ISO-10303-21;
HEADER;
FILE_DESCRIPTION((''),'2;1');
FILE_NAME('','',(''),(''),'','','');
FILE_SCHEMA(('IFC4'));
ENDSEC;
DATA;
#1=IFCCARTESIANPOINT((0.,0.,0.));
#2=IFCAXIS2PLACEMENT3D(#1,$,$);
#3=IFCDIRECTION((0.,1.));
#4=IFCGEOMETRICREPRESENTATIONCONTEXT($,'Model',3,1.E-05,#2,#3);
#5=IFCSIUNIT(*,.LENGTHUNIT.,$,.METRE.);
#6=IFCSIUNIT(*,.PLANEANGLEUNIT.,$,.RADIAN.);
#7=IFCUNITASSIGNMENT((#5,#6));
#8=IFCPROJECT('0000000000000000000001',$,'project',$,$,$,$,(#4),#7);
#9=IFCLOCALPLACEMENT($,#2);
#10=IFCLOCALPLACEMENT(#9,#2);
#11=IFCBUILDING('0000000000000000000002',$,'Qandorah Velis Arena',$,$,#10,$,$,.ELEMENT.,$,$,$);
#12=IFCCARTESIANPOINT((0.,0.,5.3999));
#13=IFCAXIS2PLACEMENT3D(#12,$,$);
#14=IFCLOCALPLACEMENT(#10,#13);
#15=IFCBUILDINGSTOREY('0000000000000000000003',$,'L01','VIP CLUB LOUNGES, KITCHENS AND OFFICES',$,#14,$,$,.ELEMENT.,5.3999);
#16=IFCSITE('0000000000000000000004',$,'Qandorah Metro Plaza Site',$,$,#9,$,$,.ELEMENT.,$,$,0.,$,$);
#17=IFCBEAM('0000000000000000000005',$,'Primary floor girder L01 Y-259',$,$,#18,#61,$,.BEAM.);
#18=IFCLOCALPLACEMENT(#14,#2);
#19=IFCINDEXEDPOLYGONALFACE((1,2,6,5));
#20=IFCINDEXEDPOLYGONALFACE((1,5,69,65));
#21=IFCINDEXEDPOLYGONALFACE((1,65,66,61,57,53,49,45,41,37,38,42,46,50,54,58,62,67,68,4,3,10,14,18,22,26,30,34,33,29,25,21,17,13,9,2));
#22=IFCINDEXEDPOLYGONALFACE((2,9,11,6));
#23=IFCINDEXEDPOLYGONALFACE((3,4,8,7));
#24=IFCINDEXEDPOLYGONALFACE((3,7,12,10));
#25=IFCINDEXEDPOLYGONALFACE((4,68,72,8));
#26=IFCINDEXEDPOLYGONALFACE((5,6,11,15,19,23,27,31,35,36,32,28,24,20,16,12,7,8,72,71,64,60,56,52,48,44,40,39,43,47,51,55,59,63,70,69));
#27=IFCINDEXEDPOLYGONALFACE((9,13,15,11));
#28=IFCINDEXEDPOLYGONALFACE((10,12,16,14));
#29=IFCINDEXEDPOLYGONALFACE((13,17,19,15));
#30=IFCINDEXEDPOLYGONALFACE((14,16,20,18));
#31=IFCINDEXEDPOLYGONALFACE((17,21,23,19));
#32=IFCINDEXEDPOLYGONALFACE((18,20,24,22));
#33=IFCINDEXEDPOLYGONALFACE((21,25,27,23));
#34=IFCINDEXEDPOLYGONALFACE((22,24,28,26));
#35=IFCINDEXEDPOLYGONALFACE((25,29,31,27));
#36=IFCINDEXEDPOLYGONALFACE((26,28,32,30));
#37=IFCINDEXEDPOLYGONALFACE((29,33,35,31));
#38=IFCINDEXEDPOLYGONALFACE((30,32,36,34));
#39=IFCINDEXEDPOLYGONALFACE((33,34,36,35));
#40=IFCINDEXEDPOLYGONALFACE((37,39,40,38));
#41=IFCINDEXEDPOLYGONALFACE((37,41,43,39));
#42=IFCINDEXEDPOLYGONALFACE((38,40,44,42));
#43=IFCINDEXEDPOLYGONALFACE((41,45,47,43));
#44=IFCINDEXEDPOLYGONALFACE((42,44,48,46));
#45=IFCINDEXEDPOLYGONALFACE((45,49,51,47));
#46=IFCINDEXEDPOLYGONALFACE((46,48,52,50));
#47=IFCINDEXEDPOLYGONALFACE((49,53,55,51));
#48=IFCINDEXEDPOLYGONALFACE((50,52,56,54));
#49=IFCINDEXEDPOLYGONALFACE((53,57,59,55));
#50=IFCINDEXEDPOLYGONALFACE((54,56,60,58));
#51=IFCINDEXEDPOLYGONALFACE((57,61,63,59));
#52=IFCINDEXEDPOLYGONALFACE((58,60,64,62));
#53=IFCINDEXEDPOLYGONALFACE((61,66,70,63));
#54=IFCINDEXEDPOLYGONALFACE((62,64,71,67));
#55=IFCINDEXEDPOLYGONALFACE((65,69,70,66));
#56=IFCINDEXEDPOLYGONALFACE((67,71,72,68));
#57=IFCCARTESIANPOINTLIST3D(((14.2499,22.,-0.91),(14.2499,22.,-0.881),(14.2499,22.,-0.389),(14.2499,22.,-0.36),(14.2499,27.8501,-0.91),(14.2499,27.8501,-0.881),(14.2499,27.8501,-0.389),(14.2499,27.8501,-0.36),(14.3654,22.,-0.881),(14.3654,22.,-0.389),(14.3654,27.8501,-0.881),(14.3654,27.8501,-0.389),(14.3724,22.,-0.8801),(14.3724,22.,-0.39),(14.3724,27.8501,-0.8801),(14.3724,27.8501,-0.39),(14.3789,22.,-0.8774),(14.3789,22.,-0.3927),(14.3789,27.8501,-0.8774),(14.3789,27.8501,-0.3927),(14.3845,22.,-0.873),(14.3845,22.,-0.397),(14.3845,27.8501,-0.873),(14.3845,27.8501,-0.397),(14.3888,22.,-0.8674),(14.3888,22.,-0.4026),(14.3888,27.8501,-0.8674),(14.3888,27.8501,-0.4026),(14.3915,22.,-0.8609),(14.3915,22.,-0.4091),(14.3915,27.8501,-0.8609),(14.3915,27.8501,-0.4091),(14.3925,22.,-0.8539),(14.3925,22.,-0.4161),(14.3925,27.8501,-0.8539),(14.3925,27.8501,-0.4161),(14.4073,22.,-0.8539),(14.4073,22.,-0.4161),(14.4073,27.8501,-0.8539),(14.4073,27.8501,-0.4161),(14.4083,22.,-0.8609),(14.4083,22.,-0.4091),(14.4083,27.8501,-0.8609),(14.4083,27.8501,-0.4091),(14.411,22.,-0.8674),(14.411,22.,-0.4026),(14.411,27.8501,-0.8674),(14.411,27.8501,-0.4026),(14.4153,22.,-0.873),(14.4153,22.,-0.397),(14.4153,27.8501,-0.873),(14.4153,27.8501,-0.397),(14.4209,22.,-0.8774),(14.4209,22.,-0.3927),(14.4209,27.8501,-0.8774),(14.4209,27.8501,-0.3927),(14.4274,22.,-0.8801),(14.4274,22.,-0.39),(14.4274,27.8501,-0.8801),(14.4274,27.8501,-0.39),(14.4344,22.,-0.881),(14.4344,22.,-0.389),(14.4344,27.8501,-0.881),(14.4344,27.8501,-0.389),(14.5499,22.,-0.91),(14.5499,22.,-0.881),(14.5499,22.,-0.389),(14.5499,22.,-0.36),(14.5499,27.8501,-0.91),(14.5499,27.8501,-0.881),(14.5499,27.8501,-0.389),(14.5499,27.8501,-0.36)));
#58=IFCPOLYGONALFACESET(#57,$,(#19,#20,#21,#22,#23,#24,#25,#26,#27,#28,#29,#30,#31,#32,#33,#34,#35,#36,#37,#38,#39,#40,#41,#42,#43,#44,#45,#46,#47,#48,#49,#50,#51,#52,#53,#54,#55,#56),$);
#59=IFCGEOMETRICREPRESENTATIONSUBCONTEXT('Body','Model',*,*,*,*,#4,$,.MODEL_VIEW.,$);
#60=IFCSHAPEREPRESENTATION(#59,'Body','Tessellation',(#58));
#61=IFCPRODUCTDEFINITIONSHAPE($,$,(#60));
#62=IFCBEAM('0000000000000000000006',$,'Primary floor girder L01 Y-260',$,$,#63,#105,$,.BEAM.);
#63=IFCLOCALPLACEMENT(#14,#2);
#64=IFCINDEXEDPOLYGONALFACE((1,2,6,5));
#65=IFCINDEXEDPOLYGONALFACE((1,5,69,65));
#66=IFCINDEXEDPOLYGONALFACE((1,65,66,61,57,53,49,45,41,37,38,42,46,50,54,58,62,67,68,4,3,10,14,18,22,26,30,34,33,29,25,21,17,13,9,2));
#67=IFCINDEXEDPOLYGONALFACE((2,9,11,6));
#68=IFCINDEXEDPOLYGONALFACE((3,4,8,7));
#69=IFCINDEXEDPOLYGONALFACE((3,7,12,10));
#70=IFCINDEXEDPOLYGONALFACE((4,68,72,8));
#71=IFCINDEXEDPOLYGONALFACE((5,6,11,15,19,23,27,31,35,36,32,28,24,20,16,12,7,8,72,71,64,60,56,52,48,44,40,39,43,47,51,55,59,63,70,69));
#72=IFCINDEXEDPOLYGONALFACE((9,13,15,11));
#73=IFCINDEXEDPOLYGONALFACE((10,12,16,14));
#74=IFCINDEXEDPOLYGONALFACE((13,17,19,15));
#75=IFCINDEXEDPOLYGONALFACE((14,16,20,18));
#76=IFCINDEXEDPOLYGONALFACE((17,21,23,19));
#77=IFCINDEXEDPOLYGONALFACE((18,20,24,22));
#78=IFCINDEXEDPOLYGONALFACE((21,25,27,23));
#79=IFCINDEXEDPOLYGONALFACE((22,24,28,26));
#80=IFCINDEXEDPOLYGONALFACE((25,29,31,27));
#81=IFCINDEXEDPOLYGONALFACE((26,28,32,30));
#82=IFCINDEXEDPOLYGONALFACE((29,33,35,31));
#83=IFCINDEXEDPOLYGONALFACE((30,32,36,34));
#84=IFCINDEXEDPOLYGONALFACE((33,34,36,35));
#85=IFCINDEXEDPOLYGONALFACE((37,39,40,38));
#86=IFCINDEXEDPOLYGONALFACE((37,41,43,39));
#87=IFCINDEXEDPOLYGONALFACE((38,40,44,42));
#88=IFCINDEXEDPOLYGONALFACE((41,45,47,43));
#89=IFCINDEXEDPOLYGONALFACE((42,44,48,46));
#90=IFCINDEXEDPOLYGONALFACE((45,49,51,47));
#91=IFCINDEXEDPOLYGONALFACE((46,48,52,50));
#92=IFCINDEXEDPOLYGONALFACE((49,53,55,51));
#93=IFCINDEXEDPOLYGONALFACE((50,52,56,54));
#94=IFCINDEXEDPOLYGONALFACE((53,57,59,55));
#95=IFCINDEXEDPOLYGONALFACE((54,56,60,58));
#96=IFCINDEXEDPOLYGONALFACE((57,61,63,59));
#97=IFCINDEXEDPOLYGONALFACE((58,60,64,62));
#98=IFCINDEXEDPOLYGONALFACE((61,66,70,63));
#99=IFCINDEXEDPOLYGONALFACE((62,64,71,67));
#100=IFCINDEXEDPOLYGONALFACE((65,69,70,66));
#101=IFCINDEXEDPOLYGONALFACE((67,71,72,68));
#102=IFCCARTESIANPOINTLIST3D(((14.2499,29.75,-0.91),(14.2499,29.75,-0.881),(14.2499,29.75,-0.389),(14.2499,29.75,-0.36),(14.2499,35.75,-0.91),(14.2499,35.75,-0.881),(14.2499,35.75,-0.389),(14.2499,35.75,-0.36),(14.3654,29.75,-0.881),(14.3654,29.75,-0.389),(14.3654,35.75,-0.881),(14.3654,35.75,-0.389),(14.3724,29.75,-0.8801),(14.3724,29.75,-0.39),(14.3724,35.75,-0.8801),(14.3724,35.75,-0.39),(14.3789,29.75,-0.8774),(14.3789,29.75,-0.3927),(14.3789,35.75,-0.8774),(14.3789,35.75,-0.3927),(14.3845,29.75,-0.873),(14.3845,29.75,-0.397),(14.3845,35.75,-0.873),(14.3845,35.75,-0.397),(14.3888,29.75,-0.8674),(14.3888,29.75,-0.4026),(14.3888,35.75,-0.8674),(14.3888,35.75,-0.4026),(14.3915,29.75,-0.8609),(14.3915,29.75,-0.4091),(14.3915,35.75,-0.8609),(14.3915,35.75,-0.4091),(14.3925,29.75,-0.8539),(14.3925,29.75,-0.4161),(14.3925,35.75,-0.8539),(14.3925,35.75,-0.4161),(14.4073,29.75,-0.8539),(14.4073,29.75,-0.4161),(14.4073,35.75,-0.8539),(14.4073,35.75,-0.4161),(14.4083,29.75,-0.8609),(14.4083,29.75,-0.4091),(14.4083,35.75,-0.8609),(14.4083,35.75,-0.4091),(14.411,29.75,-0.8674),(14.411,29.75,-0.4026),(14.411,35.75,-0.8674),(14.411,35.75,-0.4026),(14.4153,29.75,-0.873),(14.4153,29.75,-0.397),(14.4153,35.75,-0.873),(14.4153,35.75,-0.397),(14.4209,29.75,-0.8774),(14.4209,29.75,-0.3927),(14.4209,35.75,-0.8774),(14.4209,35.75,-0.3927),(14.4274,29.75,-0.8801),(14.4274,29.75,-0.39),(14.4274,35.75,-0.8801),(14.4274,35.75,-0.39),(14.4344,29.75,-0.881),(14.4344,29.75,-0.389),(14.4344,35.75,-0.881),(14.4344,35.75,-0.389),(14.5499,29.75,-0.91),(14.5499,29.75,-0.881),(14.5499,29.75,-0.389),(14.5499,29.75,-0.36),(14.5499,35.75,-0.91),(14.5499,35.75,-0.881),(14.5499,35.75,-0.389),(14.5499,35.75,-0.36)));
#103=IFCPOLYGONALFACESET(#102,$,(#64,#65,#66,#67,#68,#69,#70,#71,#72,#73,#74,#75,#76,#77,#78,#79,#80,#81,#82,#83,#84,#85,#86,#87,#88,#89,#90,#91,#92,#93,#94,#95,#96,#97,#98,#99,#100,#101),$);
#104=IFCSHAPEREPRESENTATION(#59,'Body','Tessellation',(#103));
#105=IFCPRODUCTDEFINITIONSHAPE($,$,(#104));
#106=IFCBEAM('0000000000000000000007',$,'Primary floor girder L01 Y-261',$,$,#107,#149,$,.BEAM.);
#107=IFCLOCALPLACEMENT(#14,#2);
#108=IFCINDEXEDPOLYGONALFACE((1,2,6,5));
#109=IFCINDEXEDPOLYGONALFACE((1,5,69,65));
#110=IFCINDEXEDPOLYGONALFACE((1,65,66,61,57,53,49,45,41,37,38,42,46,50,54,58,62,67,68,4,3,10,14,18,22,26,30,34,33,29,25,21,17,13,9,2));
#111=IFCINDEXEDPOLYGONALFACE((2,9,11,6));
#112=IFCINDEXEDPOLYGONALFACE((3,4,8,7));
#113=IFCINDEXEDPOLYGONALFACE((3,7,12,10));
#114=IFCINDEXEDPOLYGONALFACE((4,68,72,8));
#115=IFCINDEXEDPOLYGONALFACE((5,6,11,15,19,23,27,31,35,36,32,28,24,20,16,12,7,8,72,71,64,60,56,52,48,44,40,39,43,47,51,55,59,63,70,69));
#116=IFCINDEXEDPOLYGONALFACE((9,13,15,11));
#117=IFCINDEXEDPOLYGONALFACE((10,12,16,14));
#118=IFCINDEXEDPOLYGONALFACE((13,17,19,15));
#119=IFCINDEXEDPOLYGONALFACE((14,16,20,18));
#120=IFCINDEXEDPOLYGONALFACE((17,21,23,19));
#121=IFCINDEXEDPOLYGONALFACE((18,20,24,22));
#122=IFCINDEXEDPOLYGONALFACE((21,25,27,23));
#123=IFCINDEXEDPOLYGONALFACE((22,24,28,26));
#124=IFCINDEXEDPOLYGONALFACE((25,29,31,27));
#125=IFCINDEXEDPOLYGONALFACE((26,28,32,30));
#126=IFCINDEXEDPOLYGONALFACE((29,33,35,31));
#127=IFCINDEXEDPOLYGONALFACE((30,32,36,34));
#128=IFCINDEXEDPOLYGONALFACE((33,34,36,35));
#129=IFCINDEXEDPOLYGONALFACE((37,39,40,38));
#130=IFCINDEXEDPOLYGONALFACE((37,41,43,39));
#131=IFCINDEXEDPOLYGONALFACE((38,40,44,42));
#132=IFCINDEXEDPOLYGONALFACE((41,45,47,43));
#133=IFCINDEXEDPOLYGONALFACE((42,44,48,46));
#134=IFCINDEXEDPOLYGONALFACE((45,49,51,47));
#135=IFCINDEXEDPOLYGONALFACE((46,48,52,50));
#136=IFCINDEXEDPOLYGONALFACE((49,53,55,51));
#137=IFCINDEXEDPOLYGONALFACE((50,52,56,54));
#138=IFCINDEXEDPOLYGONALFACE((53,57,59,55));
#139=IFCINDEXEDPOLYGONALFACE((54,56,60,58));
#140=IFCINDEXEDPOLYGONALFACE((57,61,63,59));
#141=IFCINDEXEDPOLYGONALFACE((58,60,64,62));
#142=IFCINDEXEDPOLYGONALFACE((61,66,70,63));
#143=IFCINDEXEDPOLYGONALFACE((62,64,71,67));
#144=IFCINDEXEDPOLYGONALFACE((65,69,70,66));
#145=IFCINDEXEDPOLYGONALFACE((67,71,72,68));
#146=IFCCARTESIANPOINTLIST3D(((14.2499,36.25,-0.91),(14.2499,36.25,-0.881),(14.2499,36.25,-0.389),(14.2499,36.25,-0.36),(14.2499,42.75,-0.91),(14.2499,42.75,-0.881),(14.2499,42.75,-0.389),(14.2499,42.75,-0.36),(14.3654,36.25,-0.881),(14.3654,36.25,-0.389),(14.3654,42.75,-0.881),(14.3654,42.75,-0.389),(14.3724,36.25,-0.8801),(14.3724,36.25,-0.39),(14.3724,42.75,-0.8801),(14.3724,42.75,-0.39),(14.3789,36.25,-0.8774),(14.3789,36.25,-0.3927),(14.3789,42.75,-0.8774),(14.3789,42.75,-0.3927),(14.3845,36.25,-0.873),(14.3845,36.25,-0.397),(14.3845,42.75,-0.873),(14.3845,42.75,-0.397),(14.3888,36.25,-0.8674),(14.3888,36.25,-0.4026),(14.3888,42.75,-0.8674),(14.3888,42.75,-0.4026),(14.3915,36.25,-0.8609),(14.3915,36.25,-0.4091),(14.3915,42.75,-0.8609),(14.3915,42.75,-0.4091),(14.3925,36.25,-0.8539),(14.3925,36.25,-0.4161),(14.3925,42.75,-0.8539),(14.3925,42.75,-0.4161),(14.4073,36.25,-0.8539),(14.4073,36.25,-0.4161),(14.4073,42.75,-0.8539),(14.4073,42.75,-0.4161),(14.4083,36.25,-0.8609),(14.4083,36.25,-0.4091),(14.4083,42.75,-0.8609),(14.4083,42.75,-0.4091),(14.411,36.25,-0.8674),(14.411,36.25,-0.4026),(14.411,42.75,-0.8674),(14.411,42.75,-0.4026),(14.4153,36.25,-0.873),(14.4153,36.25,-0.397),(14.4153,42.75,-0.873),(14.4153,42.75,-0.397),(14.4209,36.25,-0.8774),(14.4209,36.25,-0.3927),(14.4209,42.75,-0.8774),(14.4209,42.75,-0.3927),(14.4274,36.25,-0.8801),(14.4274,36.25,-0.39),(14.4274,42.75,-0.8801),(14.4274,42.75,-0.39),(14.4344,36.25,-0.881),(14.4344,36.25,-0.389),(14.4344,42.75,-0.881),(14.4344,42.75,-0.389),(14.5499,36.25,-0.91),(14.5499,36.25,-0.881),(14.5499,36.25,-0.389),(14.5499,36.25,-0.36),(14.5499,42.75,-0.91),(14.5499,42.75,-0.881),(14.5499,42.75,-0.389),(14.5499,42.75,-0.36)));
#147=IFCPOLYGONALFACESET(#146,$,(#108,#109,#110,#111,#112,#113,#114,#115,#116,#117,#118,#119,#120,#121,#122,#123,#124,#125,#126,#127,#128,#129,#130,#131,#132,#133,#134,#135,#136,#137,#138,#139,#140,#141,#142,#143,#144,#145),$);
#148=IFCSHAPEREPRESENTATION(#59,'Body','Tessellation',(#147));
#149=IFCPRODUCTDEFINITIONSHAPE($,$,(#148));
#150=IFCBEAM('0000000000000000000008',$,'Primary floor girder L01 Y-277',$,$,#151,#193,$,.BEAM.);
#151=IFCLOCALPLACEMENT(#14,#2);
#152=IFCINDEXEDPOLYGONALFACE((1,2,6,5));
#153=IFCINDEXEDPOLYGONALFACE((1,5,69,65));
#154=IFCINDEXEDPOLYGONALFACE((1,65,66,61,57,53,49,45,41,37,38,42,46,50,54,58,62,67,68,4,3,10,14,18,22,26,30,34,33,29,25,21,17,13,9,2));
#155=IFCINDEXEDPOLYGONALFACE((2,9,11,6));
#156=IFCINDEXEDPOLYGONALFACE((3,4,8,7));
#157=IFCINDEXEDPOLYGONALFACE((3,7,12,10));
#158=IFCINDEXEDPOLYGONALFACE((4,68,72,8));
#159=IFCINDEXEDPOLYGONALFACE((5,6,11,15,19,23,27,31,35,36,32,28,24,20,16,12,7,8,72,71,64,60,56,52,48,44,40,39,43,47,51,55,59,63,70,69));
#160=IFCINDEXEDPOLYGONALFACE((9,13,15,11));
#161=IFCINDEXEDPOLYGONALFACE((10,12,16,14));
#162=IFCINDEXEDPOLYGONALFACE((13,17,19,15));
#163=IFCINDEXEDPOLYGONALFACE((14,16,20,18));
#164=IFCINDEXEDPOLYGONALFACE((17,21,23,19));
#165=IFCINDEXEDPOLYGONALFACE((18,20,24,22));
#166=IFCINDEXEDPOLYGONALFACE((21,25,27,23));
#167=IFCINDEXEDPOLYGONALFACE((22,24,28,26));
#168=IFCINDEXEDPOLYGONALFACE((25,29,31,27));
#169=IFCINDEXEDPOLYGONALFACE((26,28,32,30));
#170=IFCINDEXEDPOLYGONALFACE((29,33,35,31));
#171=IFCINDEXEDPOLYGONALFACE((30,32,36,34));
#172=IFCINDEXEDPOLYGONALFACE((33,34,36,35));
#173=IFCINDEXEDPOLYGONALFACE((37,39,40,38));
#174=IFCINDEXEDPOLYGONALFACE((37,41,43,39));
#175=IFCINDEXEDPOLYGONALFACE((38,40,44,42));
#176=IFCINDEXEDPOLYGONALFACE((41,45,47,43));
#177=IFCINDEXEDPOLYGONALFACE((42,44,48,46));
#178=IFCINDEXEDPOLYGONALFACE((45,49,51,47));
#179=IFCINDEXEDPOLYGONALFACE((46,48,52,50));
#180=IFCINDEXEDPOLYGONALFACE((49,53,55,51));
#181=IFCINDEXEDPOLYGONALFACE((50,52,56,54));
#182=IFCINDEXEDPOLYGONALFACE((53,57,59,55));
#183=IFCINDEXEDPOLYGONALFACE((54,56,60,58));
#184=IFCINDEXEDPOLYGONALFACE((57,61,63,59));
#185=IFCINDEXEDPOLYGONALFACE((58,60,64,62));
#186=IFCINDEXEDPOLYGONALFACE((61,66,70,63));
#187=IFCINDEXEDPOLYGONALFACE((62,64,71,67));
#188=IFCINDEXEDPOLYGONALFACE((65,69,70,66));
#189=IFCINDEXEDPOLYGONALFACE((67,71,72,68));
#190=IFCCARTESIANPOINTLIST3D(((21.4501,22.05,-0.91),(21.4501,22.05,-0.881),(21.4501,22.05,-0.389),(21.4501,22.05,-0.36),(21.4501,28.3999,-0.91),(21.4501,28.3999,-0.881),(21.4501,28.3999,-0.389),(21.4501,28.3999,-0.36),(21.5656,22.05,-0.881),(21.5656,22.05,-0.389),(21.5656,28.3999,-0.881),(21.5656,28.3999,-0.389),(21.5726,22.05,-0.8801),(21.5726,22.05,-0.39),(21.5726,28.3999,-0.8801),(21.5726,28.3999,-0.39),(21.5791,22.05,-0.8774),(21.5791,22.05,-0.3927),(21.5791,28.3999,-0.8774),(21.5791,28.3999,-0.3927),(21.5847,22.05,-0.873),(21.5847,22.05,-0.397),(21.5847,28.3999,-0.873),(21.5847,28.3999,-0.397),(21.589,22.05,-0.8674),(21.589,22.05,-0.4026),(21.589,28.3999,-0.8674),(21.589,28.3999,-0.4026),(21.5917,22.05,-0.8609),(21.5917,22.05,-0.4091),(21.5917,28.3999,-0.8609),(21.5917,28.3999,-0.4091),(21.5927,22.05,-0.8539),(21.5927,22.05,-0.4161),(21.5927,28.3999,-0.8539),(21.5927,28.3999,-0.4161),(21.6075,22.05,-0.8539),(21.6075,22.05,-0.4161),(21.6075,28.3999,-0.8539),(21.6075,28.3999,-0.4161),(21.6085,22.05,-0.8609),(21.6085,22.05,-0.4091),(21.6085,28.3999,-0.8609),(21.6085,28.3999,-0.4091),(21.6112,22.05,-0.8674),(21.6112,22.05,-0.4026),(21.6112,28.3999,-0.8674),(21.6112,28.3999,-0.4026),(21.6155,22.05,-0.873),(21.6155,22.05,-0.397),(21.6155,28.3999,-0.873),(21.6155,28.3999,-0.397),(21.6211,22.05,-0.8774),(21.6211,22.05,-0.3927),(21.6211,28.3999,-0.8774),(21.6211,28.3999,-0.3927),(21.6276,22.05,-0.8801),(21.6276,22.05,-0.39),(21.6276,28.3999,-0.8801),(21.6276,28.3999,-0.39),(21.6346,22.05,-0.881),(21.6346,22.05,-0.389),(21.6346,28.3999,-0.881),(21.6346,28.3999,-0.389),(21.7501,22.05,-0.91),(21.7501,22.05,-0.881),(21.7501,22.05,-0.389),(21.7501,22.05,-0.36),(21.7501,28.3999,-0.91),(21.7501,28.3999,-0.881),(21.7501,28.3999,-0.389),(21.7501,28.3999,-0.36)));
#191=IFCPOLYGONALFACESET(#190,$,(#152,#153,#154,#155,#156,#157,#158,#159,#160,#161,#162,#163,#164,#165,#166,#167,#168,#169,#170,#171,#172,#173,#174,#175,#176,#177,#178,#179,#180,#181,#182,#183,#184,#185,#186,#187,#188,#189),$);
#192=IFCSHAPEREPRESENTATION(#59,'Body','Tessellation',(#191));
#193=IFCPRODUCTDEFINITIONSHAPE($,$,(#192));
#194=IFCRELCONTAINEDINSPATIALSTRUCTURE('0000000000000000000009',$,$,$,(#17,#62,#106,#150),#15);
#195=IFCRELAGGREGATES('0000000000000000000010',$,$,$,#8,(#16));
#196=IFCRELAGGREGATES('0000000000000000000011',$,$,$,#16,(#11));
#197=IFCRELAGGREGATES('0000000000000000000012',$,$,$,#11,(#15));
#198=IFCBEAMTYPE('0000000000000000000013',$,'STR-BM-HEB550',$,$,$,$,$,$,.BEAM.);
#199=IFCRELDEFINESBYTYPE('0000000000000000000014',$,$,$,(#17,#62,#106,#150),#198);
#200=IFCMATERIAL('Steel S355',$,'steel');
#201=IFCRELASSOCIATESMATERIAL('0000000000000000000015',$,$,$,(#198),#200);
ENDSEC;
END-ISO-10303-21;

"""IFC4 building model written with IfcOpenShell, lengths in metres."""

from ifc_helpers import new_model, si_unit, direction, frame, origin, origin_2d, place, context, subcontext, project, spatial, i_section, extrude, material, material_profile, profile_set, type_object, element, save


model = new_model("IFC4")

# Units and contexts
model_context = context("Model", 3, precision=1e-05, world=origin(), true_north=direction((0.0, 1.0)))
body_context = subcontext(model_context, "Body", "Model", "MODEL_VIEW")
ifc_project = project(units=[si_unit("LENGTHUNIT", "METRE"), si_unit("PLANEANGLEUNIT", "RADIAN")], contexts=[model_context])

# Site, building, storey
site_placement = place(None, origin())
site = spatial("IfcSite", under=ifc_project, at=site_placement, Name="Qandorah Metro Plaza Site", CompositionType="ELEMENT", RefElevation=0.0)
building_placement = place(site_placement, origin())
building = spatial("IfcBuilding", under=site, at=building_placement, Name="Qandorah Velis Arena", CompositionType="ELEMENT")
storey_placement = place(building_placement, frame((0.0, 0.0, 5.3999)))
storey = spatial("IfcBuildingStorey", under=building, at=storey_placement, Name="L01", Description="VIP CLUB LOUNGES, KITCHENS AND OFFICES", CompositionType="ELEMENT", Elevation=5.3999)

# Beams
ifc_material_1 = material(Name="Steel S355", Category="steel")
ifc_material_profile_1 = material_profile(ifc_material_1, i_section(OverallWidth=0.3, OverallDepth=0.55, WebThickness=0.0149, FlangeThickness=0.0291, FilletRadius=0.0271, at=origin_2d()), Name="HEB 550")
ifc_profile_set_1 = profile_set([ifc_material_profile_1], Name="Steel S355")
beam_type_1 = type_object("IfcBeamType", Name="STR-BM-HEB550", PredefinedType="BEAM", material=ifc_profile_set_1)
beam_1_placement = place(storey_placement, frame((14.3999, 22.0, -0.635), z_axis=(0.0, 1.0, 0.0), x_axis=(-1.0, 0.0, 0.0)))
element("IfcBeam", 1, at=beam_1_placement, inside=storey, type_object=beam_type_1, Name="Primary floor girder L01 Y-259", PredefinedType="BEAM", context=body_context, shape_type="SweptSolid", body=[
    extrude(i_section(OverallWidth=0.3, OverallDepth=0.55, WebThickness=0.0149, FlangeThickness=0.0291, FilletRadius=0.0271, at=origin_2d()), origin(), (0.0, 0.0, 1.0), 5.8501),
])
beam_2_placement = place(storey_placement, frame((14.3999, 29.75, -0.635), z_axis=(0.0, 1.0, 0.0), x_axis=(-1.0, 0.0, 0.0)))
element("IfcBeam", 2, at=beam_2_placement, inside=storey, type_object=beam_type_1, Name="Primary floor girder L01 Y-260", PredefinedType="BEAM", context=body_context, shape_type="SweptSolid", body=[
    extrude(i_section(OverallWidth=0.3, OverallDepth=0.55, WebThickness=0.0149, FlangeThickness=0.0291, FilletRadius=0.0271, at=origin_2d()), origin(), (0.0, 0.0, 1.0), 6.0),
])
beam_3_placement = place(storey_placement, frame((14.3999, 36.25, -0.635), z_axis=(0.0, 1.0, 0.0), x_axis=(-1.0, 0.0, 0.0)))
element("IfcBeam", 3, at=beam_3_placement, inside=storey, type_object=beam_type_1, Name="Primary floor girder L01 Y-261", PredefinedType="BEAM", context=body_context, shape_type="SweptSolid", body=[
    extrude(i_section(OverallWidth=0.3, OverallDepth=0.55, WebThickness=0.0149, FlangeThickness=0.0291, FilletRadius=0.0271, at=origin_2d()), origin(), (0.0, 0.0, 1.0), 6.5),
])
beam_4_placement = place(storey_placement, frame((21.6001, 22.05, -0.635), z_axis=(0.0, 1.0, 0.0), x_axis=(-1.0, 0.0, 0.0)))
element("IfcBeam", 4, at=beam_4_placement, inside=storey, type_object=beam_type_1, Name="Primary floor girder L01 Y-277", PredefinedType="BEAM", context=body_context, shape_type="SweptSolid", body=[
    extrude(i_section(OverallWidth=0.3, OverallDepth=0.55, WebThickness=0.0149, FlangeThickness=0.0291, FilletRadius=0.0271, at=origin_2d()), origin(), (0.0, 0.0, 1.0), 6.3499),
])

save(model, "model.ifc")
